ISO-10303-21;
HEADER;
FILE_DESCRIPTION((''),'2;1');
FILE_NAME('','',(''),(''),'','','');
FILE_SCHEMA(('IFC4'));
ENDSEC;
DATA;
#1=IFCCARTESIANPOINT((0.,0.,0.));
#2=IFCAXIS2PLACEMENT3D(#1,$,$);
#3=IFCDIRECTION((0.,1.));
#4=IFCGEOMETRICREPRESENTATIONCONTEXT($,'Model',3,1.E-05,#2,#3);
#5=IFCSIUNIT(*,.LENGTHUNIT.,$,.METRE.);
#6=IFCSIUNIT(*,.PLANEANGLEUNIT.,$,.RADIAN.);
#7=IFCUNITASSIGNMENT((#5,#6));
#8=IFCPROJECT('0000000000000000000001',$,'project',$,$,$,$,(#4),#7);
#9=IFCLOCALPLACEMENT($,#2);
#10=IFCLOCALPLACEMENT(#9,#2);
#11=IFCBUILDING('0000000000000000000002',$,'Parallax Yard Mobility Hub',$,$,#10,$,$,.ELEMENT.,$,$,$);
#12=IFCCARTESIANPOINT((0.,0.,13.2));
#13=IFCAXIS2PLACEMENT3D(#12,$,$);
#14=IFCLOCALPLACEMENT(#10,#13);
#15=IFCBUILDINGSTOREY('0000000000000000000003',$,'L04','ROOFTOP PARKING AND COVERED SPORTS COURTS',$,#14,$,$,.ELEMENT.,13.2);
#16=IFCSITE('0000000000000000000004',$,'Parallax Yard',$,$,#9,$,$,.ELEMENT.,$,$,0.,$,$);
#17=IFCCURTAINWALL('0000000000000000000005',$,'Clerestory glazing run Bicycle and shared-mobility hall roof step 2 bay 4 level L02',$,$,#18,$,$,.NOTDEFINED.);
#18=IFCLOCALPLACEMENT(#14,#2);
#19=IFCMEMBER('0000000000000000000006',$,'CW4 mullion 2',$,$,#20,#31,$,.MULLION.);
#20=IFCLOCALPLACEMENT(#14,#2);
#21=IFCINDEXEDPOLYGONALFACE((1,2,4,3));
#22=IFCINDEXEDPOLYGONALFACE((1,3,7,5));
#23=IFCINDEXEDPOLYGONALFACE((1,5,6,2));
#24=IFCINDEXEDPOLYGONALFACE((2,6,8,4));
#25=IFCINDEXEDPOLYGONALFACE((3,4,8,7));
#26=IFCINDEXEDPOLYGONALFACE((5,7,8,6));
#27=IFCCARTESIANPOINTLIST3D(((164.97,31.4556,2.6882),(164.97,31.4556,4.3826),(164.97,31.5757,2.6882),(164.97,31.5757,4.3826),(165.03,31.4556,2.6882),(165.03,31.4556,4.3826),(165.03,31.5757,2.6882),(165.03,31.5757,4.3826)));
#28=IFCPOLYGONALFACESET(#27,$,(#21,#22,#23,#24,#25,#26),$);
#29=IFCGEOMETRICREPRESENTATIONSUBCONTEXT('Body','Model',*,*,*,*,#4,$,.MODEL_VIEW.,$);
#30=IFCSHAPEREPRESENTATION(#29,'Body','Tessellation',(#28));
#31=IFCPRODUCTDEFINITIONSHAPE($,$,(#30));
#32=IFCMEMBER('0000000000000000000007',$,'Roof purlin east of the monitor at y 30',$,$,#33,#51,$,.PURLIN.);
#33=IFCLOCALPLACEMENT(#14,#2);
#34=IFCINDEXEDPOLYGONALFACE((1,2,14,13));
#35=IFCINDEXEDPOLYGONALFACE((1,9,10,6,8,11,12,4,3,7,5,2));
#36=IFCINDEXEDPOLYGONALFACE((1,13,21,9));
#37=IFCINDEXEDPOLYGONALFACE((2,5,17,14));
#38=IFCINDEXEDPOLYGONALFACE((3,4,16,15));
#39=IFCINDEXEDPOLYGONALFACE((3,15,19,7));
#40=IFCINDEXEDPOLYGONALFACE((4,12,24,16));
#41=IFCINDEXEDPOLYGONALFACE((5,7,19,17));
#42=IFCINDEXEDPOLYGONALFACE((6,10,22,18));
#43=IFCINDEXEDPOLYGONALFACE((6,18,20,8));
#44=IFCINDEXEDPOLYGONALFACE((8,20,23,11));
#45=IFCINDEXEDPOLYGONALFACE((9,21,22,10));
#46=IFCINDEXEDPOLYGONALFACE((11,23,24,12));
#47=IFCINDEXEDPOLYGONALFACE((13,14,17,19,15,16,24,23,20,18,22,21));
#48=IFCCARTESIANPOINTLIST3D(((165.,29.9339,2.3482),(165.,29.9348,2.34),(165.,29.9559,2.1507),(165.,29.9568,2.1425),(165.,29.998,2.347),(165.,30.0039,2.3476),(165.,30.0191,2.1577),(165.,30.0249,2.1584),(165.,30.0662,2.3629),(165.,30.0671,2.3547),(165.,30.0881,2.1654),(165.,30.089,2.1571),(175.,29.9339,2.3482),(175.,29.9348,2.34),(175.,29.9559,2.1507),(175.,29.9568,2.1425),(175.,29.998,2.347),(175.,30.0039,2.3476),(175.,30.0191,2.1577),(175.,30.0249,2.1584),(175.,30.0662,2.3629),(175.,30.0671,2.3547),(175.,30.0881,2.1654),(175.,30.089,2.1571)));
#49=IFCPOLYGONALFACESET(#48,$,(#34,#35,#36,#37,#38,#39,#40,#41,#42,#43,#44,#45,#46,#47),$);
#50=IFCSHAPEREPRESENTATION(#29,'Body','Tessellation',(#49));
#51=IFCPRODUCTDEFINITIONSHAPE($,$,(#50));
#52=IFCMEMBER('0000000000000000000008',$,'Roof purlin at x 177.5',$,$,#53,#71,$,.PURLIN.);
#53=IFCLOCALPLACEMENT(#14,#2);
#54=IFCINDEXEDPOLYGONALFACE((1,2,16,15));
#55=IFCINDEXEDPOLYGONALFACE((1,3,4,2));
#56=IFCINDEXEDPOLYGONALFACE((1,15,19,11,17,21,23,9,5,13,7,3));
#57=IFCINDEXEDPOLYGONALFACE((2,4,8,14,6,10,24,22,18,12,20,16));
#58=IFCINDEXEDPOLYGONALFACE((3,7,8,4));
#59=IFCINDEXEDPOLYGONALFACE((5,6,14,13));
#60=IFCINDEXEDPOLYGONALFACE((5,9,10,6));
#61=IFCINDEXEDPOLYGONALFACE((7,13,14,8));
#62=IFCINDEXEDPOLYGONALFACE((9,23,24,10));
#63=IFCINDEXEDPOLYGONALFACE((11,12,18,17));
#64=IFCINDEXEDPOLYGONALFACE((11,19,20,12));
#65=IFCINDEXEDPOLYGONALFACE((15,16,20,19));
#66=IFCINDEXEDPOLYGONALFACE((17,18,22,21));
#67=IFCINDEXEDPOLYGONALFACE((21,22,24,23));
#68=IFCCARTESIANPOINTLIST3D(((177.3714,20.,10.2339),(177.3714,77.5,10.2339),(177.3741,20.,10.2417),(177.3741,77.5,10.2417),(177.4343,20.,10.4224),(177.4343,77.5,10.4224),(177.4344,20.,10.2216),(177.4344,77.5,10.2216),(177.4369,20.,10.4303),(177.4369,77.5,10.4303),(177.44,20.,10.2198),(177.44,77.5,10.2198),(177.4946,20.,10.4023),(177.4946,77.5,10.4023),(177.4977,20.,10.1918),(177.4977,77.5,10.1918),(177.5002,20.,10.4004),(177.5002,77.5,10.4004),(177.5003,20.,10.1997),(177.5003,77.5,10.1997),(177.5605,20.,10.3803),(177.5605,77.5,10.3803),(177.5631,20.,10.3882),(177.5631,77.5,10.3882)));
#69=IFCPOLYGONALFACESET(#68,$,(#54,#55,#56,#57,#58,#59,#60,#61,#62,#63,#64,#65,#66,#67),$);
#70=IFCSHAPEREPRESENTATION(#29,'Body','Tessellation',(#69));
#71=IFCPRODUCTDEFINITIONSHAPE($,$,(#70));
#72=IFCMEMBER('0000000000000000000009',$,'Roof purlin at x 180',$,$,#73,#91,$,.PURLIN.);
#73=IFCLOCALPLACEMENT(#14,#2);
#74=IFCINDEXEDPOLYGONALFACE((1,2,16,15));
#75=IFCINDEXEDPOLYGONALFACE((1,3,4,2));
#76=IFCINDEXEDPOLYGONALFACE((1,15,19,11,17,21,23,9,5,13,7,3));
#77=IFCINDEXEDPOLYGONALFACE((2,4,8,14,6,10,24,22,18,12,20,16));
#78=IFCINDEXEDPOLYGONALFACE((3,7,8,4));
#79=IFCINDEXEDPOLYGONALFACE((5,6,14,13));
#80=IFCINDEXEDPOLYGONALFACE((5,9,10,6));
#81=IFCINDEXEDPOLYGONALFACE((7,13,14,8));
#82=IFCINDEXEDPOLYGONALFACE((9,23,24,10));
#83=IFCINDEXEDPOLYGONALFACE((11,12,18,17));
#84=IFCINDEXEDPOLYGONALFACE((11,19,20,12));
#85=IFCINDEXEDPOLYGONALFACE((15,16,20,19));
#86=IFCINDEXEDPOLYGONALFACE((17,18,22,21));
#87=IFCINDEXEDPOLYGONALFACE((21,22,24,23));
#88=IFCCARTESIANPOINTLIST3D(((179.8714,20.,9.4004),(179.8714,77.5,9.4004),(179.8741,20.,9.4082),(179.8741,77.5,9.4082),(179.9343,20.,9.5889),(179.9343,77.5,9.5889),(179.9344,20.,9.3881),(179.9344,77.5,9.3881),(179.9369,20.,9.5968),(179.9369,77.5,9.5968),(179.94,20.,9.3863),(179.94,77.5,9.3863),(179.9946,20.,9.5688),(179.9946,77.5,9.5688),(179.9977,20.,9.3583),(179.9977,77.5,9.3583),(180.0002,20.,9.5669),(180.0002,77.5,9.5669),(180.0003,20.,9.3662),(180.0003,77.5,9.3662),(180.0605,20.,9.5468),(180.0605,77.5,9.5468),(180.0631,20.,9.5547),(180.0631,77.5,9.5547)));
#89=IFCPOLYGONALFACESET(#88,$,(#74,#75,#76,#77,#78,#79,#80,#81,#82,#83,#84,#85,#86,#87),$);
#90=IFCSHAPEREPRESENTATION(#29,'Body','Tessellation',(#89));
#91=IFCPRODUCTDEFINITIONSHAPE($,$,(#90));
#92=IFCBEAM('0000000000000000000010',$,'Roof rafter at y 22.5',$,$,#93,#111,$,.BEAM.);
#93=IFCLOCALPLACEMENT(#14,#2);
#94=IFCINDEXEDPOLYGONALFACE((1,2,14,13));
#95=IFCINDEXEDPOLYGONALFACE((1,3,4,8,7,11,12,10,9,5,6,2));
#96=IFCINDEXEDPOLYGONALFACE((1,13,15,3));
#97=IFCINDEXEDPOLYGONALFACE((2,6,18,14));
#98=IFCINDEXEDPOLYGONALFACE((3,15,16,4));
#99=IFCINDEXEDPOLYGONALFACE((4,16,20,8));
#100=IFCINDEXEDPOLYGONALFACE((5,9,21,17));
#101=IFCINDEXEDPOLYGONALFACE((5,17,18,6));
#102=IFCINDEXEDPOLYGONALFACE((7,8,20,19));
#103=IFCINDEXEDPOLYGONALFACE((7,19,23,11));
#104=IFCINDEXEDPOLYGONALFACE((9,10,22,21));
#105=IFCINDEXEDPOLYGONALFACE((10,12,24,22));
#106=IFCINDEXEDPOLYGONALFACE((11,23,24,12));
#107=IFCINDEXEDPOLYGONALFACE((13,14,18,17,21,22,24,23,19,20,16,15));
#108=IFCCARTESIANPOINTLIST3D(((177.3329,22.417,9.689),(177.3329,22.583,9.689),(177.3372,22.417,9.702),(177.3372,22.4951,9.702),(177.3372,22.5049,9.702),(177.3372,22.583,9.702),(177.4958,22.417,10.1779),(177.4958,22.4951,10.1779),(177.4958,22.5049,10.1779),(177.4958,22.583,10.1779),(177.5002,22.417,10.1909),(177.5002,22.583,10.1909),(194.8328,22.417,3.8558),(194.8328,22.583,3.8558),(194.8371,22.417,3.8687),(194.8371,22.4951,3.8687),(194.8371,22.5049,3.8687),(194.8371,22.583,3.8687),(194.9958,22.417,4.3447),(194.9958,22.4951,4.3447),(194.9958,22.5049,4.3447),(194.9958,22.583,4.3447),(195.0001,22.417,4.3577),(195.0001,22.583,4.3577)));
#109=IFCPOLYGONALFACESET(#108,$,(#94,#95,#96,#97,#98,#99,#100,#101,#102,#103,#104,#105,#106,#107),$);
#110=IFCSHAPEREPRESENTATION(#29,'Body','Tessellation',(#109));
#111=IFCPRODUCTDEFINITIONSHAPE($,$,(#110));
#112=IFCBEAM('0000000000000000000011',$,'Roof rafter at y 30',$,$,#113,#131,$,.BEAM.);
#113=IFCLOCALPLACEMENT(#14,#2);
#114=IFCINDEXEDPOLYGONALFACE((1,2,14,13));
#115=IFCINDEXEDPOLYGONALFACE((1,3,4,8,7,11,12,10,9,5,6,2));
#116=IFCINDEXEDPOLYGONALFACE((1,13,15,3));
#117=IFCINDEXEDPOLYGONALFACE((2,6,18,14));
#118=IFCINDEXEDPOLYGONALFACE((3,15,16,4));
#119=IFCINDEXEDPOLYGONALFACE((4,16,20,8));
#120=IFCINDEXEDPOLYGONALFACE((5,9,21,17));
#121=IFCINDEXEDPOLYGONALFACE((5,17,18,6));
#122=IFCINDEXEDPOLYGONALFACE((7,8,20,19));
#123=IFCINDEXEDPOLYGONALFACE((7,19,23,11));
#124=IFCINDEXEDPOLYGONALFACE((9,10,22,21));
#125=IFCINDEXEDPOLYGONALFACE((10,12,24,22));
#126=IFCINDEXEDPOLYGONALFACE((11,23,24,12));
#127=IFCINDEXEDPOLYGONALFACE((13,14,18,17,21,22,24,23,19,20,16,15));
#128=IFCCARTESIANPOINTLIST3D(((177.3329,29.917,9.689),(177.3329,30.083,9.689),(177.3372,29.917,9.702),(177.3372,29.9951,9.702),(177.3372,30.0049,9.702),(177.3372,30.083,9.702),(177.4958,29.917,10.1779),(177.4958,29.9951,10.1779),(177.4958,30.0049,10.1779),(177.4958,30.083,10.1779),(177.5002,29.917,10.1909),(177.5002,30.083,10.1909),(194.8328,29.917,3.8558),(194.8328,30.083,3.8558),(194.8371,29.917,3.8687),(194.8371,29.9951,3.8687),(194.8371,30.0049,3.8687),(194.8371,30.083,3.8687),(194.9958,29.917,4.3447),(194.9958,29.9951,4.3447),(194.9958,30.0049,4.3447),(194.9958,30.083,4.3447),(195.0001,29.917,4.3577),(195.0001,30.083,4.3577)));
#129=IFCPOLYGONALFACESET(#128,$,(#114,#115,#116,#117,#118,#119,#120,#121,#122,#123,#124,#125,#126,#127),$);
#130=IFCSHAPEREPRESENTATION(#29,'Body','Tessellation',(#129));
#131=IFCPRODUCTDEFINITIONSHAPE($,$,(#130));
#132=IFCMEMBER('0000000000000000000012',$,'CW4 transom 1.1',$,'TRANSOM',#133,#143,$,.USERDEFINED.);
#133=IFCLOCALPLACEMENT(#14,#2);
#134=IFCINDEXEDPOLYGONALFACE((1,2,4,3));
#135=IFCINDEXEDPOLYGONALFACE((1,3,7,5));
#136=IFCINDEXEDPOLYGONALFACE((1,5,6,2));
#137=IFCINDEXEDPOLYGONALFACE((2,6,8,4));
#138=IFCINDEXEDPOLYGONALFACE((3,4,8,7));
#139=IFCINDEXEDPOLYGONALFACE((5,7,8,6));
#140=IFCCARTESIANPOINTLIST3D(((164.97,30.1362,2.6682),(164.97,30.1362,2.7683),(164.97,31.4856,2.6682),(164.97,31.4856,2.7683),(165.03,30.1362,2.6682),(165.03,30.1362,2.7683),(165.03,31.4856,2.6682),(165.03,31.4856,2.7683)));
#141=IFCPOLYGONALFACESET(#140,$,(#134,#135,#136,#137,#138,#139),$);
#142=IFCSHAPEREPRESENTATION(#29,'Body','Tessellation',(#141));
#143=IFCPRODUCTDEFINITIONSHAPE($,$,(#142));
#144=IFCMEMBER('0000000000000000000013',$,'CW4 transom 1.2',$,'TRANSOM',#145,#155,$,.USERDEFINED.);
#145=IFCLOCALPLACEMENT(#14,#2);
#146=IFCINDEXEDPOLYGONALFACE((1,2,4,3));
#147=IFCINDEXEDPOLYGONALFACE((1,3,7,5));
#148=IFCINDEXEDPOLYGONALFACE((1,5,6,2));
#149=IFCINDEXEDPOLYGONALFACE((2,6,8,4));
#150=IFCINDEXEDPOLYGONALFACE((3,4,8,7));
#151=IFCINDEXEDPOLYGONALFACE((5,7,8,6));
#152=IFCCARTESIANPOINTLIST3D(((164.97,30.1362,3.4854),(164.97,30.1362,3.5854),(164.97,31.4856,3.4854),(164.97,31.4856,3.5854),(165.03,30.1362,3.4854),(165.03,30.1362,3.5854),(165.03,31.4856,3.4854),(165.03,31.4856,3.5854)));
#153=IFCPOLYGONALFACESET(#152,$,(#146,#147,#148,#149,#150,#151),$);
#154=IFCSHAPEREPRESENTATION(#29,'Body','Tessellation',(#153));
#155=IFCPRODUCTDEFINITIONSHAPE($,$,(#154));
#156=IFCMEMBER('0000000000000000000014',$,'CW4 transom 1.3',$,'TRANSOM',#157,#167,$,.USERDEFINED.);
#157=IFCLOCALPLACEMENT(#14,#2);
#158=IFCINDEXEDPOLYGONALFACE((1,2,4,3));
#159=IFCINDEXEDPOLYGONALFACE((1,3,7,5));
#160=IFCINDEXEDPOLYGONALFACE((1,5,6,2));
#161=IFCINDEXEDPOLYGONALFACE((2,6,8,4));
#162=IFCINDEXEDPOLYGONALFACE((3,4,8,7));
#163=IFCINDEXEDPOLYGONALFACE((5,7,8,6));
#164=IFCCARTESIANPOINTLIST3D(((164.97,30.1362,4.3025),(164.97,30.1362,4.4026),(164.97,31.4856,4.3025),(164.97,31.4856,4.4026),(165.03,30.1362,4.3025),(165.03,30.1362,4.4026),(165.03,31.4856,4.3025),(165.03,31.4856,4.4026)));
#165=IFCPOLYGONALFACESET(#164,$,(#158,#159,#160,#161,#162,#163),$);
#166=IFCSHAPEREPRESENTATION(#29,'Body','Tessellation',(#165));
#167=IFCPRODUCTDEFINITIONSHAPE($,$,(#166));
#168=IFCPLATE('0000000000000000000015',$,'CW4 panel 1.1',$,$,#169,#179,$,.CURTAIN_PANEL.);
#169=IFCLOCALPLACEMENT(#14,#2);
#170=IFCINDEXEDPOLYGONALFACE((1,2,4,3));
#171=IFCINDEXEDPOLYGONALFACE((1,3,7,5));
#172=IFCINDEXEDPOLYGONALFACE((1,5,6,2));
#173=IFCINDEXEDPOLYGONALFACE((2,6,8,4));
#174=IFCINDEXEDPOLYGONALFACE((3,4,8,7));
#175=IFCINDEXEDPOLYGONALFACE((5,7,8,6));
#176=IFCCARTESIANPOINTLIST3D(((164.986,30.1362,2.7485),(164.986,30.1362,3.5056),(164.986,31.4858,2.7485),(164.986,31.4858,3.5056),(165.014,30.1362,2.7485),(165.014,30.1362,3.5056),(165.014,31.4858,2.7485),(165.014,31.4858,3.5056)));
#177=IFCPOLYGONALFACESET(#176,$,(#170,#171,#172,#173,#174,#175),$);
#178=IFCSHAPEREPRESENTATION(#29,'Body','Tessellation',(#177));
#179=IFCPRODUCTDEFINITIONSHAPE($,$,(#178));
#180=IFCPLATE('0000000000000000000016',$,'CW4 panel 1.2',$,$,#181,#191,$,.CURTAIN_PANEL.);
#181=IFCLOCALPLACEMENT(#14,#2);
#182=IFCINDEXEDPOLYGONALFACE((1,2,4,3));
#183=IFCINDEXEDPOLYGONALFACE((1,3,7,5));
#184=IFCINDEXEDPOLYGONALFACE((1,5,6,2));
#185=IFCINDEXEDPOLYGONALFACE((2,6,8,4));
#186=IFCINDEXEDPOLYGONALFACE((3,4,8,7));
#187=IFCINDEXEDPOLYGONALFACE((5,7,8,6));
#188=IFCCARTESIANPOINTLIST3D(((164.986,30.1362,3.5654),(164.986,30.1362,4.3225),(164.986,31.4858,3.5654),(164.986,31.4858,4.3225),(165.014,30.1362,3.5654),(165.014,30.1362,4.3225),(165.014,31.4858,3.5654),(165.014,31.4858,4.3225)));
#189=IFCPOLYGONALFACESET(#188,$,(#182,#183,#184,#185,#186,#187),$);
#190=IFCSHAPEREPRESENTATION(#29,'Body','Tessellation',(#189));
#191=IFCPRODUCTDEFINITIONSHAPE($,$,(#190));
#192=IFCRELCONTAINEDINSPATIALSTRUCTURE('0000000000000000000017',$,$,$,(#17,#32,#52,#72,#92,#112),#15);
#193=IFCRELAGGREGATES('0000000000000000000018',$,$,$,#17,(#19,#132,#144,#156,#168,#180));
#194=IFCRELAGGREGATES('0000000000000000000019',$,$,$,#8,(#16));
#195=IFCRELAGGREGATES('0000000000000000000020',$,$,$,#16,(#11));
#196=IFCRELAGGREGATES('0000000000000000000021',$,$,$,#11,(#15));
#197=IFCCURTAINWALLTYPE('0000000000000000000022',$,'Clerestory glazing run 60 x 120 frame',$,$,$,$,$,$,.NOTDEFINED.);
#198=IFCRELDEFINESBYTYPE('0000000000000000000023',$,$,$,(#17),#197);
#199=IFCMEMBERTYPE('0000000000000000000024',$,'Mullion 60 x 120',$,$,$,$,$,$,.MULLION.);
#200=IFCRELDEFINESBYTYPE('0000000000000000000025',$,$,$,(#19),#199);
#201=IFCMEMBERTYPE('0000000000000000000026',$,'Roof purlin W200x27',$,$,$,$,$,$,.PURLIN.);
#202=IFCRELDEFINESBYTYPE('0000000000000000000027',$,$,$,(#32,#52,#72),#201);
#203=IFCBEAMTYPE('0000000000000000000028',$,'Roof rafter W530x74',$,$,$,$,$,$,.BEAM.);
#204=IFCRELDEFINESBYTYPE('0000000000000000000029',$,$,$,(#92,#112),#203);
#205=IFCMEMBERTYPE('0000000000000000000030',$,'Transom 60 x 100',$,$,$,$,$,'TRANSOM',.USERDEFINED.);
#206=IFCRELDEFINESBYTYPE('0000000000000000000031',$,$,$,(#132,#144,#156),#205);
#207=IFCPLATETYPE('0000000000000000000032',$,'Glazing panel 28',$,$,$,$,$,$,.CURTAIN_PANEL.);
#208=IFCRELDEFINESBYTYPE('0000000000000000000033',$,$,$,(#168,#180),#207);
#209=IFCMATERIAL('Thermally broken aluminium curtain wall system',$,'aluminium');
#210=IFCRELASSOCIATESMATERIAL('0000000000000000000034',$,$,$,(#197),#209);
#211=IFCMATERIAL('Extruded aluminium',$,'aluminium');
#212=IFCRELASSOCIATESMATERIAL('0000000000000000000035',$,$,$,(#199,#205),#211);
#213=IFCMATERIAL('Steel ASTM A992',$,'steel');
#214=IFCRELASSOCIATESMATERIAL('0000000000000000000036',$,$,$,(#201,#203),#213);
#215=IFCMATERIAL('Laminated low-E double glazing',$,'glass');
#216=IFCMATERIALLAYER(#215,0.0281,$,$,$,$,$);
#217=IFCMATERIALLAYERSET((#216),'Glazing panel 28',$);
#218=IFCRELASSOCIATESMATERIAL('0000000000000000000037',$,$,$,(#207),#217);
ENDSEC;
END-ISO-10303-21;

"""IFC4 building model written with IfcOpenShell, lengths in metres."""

from ifc_helpers import new_model, si_unit, direction, frame, origin, origin_2d, place, context, subcontext, project, spatial, rectangle, i_section, extrude, material, layer, layer_set, material_profile, profile_set, type_object, element, aggregate, save


model = new_model("IFC4")

# Units and contexts
model_context = context("Model", 3, precision=1e-05, world=origin(), true_north=direction((0.0, 1.0)))
body_context = subcontext(model_context, "Body", "Model", "MODEL_VIEW")
ifc_project = project(units=[si_unit("LENGTHUNIT", "METRE"), si_unit("PLANEANGLEUNIT", "RADIAN")], contexts=[model_context])

# Site, building, storey
site_placement = place(None, origin())
site = spatial("IfcSite", under=ifc_project, at=site_placement, Name="Parallax Yard", CompositionType="ELEMENT", RefElevation=0.0)
building_placement = place(site_placement, origin())
building = spatial("IfcBuilding", under=site, at=building_placement, Name="Parallax Yard Mobility Hub", CompositionType="ELEMENT")
storey_placement = place(building_placement, frame((0.0, 0.0, 13.2)))
storey = spatial("IfcBuildingStorey", under=building, at=storey_placement, Name="L04", Description="ROOFTOP PARKING AND COVERED SPORTS COURTS", CompositionType="ELEMENT", Elevation=13.2)

# Shared definitions
ifc_material_1 = material(Name="Steel ASTM A992", Category="steel")

# Curtain wall, member
ifc_material_2 = material(Name="Thermally broken aluminium curtain wall system", Category="aluminium")
curtain_wall_type = type_object("IfcCurtainWallType", Name="Clerestory glazing run 60 x 120 frame", PredefinedType="NOTDEFINED", material=ifc_material_2)
curtain_wall_placement = place(storey_placement, origin())
curtain_wall = element("IfcCurtainWall", 1, at=curtain_wall_placement, inside=storey, type_object=curtain_wall_type, Name="Clerestory glazing run Bicycle and shared-mobility hall roof step 2 bay 4 level L02", PredefinedType="NOTDEFINED")
ifc_material_3 = material(Name="Extruded aluminium", Category="aluminium")
ifc_material_profile_1 = material_profile(ifc_material_3, rectangle(XDim=0.0601, YDim=0.1201, at=origin_2d()), Name="Mullion 60 x 120")
ifc_profile_set_1 = profile_set([ifc_material_profile_1], Name="Extruded aluminium")
member_type_1 = type_object("IfcMemberType", Name="Mullion 60 x 120", PredefinedType="MULLION", material=ifc_profile_set_1)
member_1_placement = place(storey_placement, frame((165.0, 31.5156, 2.6882), z_axis=(0.0, 0.0, 1.0), x_axis=(-1.0, 0.0, 0.0)))
member_1 = element("IfcMember", 2, at=member_1_placement, type_object=member_type_1, Name="CW4 mullion 2", PredefinedType="MULLION", context=body_context, shape_type="SweptSolid", body=[
    extrude(rectangle(XDim=0.0601, YDim=0.1201, at=origin_2d()), origin(), (0.0, 0.0, 1.0), 1.6943),
])

# Members
ifc_material_profile_2 = material_profile(ifc_material_1, i_section(OverallWidth=0.1331, OverallDepth=0.207, WebThickness=0.0059, FlangeThickness=0.0083, at=origin_2d()), Name="W200x27")
ifc_profile_set_2 = profile_set([ifc_material_profile_2], Name="Steel ASTM A992")
member_type_2 = type_object("IfcMemberType", Name="Roof purlin W200x27", PredefinedType="PURLIN", material=ifc_profile_set_2)
member_2_placement = place(storey_placement, frame((165.0, 30.0115, 2.2527), z_axis=(1.0, 0.0, 0.0), x_axis=(0.0, 0.993884, 0.110432)))
element("IfcMember", 3, at=member_2_placement, inside=storey, type_object=member_type_2, Name="Roof purlin east of the monitor at y 30", PredefinedType="PURLIN", context=body_context, shape_type="SweptSolid", body=[
    extrude(i_section(OverallWidth=0.1331, OverallDepth=0.207, WebThickness=0.0059, FlangeThickness=0.0083, at=origin_2d()), origin(), (0.0, 0.0, 1.0), 10.0),
])
for number, where, z_axis, x_axis, name in (
    (4, (177.4673, 20.0, 10.311), (0.0, 1.0, 0.0), (-0.948684, 0.0, 0.316227), "Roof purlin at x 177.5"),
    (5, (179.9673, 20.0, 9.4775), (0.0, 1.0, 0.0), (-0.948684, 0.0, 0.316227), "Roof purlin at x 180"),
):
    element("IfcMember", number, at=place(storey_placement, frame(where, z_axis=z_axis, x_axis=x_axis)), inside=storey, type_object=member_type_2, Name=name, PredefinedType="PURLIN", context=body_context, shape_type="SweptSolid", body=[
        extrude(i_section(OverallWidth=0.1331, OverallDepth=0.207, WebThickness=0.0059, FlangeThickness=0.0083, at=origin_2d()), origin(), (0.0, 0.0, 1.0), 57.5),
    ])

# Beams
ifc_material_profile_3 = material_profile(ifc_material_1, i_section(OverallWidth=0.166, OverallDepth=0.5291, WebThickness=0.0098, FlangeThickness=0.0137, at=origin_2d()), Name="W530x74")
ifc_profile_set_3 = profile_set([ifc_material_profile_3], Name="Steel ASTM A992")
beam_type_1 = type_object("IfcBeamType", Name="Roof rafter W530x74", PredefinedType="BEAM", material=ifc_profile_set_3)
for number, where, z_axis, x_axis, name in (
    (6, (177.4165, 22.5, 9.9399), (0.948685, 0.0, -0.316224), (0.0, 1.0, 0.0), "Roof rafter at y 22.5"),
    (7, (177.4165, 30.0, 9.9399), (0.948685, 0.0, -0.316224), (0.0, 1.0, 0.0), "Roof rafter at y 30"),
):
    element("IfcBeam", number, at=place(storey_placement, frame(where, z_axis=z_axis, x_axis=x_axis)), inside=storey, type_object=beam_type_1, Name=name, PredefinedType="BEAM", context=body_context, shape_type="SweptSolid", body=[
        extrude(i_section(OverallWidth=0.166, OverallDepth=0.5291, WebThickness=0.0098, FlangeThickness=0.0137, at=origin_2d()), origin(), (0.0, 0.0, 1.0), 18.4465),
    ])

# Members
ifc_material_profile_4 = material_profile(ifc_material_3, rectangle(XDim=0.0601, YDim=0.1001, at=origin_2d()), Name="Transom 60 x 100")
ifc_profile_set_4 = profile_set([ifc_material_profile_4], Name="Extruded aluminium")
member_type_3 = type_object("IfcMemberType", Name="Transom 60 x 100", ElementType="TRANSOM", PredefinedType="USERDEFINED", material=ifc_profile_set_4)
member_3_placement = place(storey_placement, frame((165.0, 30.1362, 2.7183), z_axis=(0.0, 1.0, 0.0), x_axis=(-1.0, 0.0, 0.0)))
member_3 = element("IfcMember", 8, at=member_3_placement, type_object=member_type_3, Name="CW4 transom 1.1", ObjectType="TRANSOM", PredefinedType="USERDEFINED", context=body_context, shape_type="SweptSolid", body=[
    extrude(rectangle(XDim=0.0601, YDim=0.1001, at=origin_2d()), origin(), (0.0, 0.0, 1.0), 1.3494),
])
member_4_placement = place(storey_placement, frame((165.0, 30.1362, 3.5354), z_axis=(0.0, 1.0, 0.0), x_axis=(-1.0, 0.0, 0.0)))
member_4 = element("IfcMember", 9, at=member_4_placement, type_object=member_type_3, Name="CW4 transom 1.2", ObjectType="TRANSOM", PredefinedType="USERDEFINED", context=body_context, shape_type="SweptSolid", body=[
    extrude(rectangle(XDim=0.0601, YDim=0.1001, at=origin_2d()), origin(), (0.0, 0.0, 1.0), 1.3494),
])
member_5_placement = place(storey_placement, frame((165.0, 30.1362, 4.3525), z_axis=(0.0, 1.0, 0.0), x_axis=(-1.0, 0.0, 0.0)))
member_5 = element("IfcMember", 10, at=member_5_placement, type_object=member_type_3, Name="CW4 transom 1.3", ObjectType="TRANSOM", PredefinedType="USERDEFINED", context=body_context, shape_type="SweptSolid", body=[
    extrude(rectangle(XDim=0.0601, YDim=0.1001, at=origin_2d()), origin(), (0.0, 0.0, 1.0), 1.3494),
])

# Plates
ifc_material_4 = material(Name="Laminated low-E double glazing", Category="glass")
ifc_layer_1 = layer(ifc_material_4, 0.0281)
ifc_layer_set_1 = layer_set([ifc_layer_1], Name="Glazing panel 28")
plate_type = type_object("IfcPlateType", Name="Glazing panel 28", PredefinedType="CURTAIN_PANEL", material=ifc_layer_set_1)
plate_1_placement = place(storey_placement, frame((165.0, 30.811, 2.7485), z_axis=(0.0, 0.0, 1.0), x_axis=(0.0, 1.0, 0.0)))
plate_1 = element("IfcPlate", 11, at=plate_1_placement, type_object=plate_type, Name="CW4 panel 1.1", PredefinedType="CURTAIN_PANEL", context=body_context, shape_type="SweptSolid", body=[
    extrude(rectangle(XDim=1.3496, YDim=0.0281, at=origin_2d()), origin(), (0.0, 0.0, 1.0), 0.7571),
])
plate_2_placement = place(storey_placement, frame((165.0, 30.811, 3.5654), z_axis=(0.0, 0.0, 1.0), x_axis=(0.0, 1.0, 0.0)))
plate_2 = element("IfcPlate", 12, at=plate_2_placement, type_object=plate_type, Name="CW4 panel 1.2", PredefinedType="CURTAIN_PANEL", context=body_context, shape_type="SweptSolid", body=[
    extrude(rectangle(XDim=1.3496, YDim=0.0281, at=origin_2d()), origin(), (0.0, 0.0, 1.0), 0.7571),
])
aggregate(curtain_wall, [member_1, member_3, member_4, member_5, plate_1, plate_2])

save(model, "model.ifc")
